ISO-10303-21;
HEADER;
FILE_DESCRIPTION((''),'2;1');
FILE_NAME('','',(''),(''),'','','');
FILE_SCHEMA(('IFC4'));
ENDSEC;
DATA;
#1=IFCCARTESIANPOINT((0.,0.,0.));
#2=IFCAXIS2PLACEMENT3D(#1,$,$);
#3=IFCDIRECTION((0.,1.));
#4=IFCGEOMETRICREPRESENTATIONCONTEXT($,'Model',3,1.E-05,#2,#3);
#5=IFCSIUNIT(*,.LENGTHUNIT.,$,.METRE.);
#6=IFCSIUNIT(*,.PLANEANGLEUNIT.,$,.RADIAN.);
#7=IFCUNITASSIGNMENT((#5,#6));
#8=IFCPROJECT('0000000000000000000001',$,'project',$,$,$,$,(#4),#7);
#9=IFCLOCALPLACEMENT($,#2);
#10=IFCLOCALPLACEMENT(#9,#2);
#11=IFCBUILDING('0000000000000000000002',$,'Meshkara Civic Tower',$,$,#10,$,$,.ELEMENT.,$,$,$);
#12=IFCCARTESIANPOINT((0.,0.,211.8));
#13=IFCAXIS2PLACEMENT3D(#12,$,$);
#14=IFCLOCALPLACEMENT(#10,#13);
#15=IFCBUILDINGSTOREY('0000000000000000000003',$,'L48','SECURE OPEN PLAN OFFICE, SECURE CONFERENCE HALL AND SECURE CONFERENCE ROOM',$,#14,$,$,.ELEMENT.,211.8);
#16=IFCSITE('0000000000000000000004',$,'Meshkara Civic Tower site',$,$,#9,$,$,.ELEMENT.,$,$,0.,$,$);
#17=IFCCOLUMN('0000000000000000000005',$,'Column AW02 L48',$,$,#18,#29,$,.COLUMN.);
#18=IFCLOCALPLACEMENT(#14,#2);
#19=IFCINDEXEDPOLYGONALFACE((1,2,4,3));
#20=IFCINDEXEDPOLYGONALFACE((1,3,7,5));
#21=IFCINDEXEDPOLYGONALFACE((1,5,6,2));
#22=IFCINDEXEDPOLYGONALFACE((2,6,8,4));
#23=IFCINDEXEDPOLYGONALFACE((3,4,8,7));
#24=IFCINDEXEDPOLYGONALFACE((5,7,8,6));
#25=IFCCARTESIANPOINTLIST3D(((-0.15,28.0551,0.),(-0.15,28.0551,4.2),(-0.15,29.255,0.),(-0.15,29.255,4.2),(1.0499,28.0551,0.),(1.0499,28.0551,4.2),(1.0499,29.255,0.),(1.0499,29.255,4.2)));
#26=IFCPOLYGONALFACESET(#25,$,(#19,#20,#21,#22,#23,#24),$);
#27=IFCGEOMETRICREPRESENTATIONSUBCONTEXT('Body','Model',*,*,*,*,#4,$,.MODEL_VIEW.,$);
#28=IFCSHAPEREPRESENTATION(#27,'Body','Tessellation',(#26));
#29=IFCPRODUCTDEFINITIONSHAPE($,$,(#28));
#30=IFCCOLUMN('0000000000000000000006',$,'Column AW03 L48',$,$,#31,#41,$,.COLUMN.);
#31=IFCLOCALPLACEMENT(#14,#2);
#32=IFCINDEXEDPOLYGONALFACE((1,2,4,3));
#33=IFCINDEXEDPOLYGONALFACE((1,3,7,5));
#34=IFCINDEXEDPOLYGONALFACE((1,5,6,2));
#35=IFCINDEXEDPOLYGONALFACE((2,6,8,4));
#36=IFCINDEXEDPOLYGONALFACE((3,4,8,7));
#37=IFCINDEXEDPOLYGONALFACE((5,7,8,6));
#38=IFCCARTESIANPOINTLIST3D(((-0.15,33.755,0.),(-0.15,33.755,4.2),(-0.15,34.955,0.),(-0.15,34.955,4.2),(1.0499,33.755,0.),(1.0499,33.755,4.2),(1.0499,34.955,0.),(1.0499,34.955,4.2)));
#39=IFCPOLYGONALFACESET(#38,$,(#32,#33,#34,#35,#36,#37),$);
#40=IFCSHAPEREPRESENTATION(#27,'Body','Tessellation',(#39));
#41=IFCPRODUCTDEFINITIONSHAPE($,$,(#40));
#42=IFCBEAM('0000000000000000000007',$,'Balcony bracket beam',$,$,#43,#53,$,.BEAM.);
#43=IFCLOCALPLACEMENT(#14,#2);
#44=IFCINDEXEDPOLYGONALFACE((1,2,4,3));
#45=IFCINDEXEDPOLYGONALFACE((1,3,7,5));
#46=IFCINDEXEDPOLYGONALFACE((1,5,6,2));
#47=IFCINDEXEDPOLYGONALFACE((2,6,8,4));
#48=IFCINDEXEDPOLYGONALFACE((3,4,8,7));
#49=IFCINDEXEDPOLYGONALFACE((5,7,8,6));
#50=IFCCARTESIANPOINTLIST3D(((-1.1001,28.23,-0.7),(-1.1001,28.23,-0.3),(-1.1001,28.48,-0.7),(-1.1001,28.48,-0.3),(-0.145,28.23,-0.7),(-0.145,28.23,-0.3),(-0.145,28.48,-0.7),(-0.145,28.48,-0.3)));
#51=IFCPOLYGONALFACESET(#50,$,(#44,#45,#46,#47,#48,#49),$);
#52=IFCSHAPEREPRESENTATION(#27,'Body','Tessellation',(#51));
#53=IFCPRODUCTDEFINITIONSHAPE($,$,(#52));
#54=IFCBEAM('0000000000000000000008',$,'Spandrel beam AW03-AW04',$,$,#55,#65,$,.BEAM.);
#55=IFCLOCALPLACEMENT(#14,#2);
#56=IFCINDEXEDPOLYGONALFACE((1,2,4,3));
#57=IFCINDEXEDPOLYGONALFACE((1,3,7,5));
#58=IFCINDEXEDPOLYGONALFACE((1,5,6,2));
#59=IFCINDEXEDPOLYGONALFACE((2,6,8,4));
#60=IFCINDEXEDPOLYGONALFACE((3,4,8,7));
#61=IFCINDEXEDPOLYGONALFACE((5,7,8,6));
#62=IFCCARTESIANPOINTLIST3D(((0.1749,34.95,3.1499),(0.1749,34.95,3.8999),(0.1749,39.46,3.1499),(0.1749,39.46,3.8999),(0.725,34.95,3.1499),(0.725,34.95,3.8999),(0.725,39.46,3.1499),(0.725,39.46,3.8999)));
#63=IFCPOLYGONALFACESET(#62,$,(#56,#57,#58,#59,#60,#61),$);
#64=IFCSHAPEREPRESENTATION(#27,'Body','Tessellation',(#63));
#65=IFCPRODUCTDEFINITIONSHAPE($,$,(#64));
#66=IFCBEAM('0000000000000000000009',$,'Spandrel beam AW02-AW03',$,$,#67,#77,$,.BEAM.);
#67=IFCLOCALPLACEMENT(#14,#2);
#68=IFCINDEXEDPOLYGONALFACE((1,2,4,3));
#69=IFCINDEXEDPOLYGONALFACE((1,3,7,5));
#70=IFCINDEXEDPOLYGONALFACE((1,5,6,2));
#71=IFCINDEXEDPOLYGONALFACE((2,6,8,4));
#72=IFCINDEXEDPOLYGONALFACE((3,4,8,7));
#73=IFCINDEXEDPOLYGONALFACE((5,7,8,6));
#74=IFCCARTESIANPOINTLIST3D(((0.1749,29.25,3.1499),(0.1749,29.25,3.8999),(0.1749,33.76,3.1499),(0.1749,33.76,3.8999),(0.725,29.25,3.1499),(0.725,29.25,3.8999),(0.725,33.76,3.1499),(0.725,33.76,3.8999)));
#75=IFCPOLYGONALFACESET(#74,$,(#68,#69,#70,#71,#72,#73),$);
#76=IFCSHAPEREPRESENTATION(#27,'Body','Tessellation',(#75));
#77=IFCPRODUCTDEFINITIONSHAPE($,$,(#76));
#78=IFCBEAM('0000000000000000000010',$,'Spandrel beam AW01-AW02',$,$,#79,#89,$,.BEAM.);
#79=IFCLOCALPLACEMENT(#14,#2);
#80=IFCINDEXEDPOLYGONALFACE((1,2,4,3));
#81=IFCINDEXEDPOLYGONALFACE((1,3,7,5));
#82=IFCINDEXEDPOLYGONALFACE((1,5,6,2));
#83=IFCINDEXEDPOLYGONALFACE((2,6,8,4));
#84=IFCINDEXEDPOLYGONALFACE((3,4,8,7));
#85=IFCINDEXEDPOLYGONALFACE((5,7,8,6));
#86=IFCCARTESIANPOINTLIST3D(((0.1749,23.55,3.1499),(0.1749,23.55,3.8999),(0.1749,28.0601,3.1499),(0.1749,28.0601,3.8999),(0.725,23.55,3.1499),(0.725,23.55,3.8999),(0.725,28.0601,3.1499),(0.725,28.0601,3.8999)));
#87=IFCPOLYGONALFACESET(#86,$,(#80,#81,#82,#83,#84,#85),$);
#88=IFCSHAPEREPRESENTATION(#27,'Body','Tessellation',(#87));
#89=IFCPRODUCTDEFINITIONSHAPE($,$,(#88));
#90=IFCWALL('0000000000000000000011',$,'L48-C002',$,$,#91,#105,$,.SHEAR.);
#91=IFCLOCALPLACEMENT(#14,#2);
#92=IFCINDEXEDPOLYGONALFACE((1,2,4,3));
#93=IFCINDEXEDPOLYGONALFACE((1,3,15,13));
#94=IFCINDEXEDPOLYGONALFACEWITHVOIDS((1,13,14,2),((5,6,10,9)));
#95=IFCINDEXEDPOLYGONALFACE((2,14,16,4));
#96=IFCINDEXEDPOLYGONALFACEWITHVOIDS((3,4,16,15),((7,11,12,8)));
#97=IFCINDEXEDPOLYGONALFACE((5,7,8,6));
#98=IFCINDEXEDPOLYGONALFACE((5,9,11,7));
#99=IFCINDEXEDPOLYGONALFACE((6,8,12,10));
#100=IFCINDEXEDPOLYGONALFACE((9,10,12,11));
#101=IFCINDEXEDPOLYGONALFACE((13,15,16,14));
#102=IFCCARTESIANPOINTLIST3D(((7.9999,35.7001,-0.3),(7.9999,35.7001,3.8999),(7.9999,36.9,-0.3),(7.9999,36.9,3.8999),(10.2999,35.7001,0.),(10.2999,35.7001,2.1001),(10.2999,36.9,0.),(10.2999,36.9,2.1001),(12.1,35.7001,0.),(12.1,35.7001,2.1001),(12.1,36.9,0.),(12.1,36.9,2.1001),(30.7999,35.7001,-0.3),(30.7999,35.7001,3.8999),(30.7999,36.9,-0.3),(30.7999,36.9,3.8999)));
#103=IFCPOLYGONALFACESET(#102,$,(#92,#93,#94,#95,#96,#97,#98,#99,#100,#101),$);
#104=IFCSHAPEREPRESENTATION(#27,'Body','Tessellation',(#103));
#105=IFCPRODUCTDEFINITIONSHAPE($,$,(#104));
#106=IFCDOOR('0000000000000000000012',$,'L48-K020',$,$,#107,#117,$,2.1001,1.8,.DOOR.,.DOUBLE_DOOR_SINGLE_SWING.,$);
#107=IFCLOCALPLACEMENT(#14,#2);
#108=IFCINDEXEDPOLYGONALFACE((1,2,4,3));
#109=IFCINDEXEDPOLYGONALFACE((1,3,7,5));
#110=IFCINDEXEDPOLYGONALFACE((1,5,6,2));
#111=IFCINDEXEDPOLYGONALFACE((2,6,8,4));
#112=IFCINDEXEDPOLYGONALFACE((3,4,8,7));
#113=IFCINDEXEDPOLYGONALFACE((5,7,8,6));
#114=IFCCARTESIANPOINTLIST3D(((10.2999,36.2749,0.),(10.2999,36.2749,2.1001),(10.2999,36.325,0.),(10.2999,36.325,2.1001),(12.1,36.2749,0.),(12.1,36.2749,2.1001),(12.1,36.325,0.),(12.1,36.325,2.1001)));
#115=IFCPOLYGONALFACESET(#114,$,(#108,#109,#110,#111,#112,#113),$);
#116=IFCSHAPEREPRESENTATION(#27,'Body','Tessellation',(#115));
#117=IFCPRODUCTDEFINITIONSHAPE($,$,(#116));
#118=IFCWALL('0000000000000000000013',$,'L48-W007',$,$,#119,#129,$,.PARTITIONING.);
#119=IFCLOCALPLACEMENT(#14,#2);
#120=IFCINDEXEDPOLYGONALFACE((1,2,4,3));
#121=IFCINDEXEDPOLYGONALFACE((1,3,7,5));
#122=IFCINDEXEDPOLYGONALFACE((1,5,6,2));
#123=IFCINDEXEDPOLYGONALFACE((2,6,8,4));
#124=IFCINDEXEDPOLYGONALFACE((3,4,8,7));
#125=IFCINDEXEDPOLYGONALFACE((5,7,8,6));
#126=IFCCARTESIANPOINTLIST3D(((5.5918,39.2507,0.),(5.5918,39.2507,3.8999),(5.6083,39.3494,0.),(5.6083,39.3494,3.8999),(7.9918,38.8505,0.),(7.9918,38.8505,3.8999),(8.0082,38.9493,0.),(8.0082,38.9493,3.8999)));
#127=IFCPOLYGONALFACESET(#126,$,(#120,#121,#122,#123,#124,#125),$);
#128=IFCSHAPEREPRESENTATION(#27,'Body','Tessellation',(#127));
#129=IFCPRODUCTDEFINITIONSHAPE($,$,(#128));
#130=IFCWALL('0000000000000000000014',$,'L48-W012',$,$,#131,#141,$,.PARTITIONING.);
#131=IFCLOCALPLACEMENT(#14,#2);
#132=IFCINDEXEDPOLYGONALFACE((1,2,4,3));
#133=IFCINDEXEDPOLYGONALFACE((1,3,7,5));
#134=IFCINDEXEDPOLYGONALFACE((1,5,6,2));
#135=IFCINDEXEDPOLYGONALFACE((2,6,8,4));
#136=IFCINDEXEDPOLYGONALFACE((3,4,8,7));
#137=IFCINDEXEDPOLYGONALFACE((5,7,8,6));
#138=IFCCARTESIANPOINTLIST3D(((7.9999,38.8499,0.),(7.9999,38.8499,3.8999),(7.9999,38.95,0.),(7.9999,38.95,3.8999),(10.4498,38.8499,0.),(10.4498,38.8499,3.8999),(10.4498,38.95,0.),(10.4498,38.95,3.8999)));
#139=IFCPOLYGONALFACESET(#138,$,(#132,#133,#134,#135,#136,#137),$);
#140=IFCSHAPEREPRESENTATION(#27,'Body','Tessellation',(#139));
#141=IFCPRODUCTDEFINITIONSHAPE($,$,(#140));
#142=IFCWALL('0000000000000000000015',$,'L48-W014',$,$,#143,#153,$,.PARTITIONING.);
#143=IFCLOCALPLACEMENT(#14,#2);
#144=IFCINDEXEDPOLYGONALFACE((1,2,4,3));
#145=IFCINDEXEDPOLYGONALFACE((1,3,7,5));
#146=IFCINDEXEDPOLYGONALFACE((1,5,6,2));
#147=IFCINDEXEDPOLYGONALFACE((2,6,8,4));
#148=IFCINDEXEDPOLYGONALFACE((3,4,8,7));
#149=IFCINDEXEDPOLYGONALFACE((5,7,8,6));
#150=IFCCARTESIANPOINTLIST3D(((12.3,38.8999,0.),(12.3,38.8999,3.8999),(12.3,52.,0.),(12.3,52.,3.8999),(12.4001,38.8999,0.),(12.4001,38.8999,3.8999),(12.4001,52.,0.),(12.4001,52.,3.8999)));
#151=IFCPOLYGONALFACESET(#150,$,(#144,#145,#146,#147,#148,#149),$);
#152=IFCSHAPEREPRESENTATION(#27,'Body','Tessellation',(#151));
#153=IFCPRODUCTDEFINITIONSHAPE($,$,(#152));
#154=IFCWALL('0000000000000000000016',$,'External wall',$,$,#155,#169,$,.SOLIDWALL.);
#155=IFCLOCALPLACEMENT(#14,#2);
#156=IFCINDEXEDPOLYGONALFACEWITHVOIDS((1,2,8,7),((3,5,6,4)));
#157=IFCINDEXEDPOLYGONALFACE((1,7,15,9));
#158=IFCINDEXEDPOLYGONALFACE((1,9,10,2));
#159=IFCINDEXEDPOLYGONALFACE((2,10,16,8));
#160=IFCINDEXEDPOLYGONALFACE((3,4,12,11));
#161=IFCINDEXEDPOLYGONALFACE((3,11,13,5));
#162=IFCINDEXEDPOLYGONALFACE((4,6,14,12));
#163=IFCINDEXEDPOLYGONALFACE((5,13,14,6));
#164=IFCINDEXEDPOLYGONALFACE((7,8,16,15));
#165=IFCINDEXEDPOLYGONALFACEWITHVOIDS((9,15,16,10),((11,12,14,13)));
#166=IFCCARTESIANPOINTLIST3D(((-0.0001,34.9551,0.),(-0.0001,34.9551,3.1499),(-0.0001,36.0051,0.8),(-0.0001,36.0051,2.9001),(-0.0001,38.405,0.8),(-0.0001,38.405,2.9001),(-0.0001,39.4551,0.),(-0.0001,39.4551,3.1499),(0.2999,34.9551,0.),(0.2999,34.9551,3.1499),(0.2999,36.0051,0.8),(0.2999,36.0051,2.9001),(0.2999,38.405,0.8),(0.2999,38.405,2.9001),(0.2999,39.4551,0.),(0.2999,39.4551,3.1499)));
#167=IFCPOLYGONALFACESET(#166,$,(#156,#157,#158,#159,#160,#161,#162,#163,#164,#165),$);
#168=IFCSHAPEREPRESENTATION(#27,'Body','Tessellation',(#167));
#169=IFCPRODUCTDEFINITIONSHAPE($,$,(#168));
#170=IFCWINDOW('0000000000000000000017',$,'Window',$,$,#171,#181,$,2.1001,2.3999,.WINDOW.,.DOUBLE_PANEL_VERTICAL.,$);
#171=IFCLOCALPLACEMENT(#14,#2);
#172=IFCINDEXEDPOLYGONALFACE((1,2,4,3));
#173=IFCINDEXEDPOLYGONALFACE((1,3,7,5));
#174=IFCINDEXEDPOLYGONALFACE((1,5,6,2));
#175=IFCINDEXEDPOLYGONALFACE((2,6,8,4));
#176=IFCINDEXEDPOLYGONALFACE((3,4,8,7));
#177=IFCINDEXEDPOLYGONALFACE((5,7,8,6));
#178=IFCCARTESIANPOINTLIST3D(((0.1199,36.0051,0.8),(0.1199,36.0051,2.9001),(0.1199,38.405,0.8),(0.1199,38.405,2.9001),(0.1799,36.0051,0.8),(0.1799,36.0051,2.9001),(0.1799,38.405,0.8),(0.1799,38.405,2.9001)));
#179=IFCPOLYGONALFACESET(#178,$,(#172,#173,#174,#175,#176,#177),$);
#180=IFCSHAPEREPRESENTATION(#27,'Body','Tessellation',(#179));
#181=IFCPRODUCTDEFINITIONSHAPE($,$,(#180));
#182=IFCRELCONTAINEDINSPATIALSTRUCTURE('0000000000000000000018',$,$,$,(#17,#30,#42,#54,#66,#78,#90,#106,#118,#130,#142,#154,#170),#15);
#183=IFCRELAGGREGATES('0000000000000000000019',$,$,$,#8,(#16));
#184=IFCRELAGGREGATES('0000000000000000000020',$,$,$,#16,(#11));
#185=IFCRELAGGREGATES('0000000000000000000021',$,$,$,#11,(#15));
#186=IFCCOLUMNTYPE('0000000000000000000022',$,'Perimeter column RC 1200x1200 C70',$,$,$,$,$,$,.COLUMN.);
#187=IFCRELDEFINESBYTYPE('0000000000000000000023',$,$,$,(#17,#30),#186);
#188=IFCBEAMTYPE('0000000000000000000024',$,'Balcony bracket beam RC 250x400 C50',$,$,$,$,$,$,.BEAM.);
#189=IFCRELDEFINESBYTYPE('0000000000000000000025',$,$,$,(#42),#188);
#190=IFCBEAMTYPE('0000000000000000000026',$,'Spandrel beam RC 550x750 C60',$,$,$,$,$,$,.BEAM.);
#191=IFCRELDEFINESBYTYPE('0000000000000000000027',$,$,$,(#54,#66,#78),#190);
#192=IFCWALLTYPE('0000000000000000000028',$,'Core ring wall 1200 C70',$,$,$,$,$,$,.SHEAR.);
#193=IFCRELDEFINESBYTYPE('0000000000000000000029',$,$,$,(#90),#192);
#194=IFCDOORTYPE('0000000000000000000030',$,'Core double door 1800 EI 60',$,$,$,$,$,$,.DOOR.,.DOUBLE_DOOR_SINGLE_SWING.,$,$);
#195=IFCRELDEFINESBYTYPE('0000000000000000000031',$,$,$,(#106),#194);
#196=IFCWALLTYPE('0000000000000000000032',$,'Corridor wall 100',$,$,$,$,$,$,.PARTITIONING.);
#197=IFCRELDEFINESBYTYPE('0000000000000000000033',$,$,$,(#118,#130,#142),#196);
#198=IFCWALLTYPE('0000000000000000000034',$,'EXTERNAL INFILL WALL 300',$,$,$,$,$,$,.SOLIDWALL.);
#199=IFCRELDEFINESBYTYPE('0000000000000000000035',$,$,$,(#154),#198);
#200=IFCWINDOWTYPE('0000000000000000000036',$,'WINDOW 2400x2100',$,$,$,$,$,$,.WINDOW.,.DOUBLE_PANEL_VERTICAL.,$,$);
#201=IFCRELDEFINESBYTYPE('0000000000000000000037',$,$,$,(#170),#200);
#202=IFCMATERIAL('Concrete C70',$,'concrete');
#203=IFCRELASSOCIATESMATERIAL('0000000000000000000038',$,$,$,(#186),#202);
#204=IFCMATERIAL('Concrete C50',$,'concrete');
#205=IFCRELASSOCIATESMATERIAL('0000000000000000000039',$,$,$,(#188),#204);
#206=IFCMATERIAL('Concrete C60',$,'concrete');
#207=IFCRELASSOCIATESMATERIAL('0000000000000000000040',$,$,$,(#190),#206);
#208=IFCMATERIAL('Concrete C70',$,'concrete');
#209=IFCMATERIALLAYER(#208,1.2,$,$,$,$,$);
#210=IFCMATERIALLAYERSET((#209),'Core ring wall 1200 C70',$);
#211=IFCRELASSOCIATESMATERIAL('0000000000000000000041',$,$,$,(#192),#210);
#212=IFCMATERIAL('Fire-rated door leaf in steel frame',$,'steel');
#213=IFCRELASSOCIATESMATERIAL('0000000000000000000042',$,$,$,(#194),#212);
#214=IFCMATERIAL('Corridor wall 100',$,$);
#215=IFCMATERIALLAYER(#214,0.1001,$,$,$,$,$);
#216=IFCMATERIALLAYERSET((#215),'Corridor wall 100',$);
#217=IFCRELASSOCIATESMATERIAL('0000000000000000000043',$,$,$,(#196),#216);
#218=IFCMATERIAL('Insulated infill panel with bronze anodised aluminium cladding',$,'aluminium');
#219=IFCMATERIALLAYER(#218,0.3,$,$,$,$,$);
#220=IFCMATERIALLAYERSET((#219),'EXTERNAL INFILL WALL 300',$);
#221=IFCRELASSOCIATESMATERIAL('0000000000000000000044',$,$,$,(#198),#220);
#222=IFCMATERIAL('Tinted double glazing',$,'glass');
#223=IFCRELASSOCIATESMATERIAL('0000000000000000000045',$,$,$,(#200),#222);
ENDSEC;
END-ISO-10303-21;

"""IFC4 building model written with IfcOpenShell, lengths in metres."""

from ifc_helpers import new_model, si_unit, direction, frame, frame_2d, origin, origin_2d, place, context, subcontext, project, spatial, rectangle, extrude, material, layer, layer_set, material_profile, profile_set, type_object, element, fill, save


model = new_model("IFC4")

# Units and contexts
model_context = context("Model", 3, precision=1e-05, world=origin(), true_north=direction((0.0, 1.0)))
body_context = subcontext(model_context, "Body", "Model", "MODEL_VIEW")
ifc_project = project(units=[si_unit("LENGTHUNIT", "METRE"), si_unit("PLANEANGLEUNIT", "RADIAN")], contexts=[model_context])

# Site, building, storey
site_placement = place(None, origin())
site = spatial("IfcSite", under=ifc_project, at=site_placement, Name="Meshkara Civic Tower site", CompositionType="ELEMENT", RefElevation=0.0)
building_placement = place(site_placement, origin())
building = spatial("IfcBuilding", under=site, at=building_placement, Name="Meshkara Civic Tower", CompositionType="ELEMENT")
storey_placement = place(building_placement, frame((0.0, 0.0, 211.8)))
storey = spatial("IfcBuildingStorey", under=building, at=storey_placement, Name="L48", Description="SECURE OPEN PLAN OFFICE, SECURE CONFERENCE HALL AND SECURE CONFERENCE ROOM", CompositionType="ELEMENT", Elevation=211.8)

# Columns
ifc_material_1 = material(Name="Concrete C70", Category="concrete")
ifc_material_profile_1 = material_profile(ifc_material_1, rectangle(XDim=1.2, YDim=1.2, at=origin_2d()))
ifc_profile_set_1 = profile_set([ifc_material_profile_1], Name="Concrete C70")
column_type = type_object("IfcColumnType", Name="Perimeter column RC 1200x1200 C70", PredefinedType="COLUMN", material=ifc_profile_set_1)
for number, where, z_axis, x_axis, name in (
    (1, (0.45, 28.655, 0.0), (0.0, 0.0, 1.0), (1.0, 0.0, 0.0), "Column AW02 L48"),
    (2, (0.45, 34.355, 0.0), (0.0, 0.0, 1.0), (1.0, 0.0, 0.0), "Column AW03 L48"),
):
    element("IfcColumn", number, at=place(storey_placement, frame(where, z_axis=z_axis, x_axis=x_axis)), inside=storey, type_object=column_type, Name=name, PredefinedType="COLUMN", context=body_context, shape_type="SweptSolid", body=[
        extrude(rectangle(XDim=1.2, YDim=1.2, at=origin_2d()), origin(), (0.0, 0.0, 1.0), 4.2),
    ])

# Beams
ifc_material_2 = material(Name="Concrete C50", Category="concrete")
ifc_material_profile_2 = material_profile(ifc_material_2, rectangle(XDim=0.25, YDim=0.3999, at=origin_2d()))
ifc_profile_set_2 = profile_set([ifc_material_profile_2], Name="Concrete C50")
beam_type_1 = type_object("IfcBeamType", Name="Balcony bracket beam RC 250x400 C50", PredefinedType="BEAM", material=ifc_profile_set_2)
beam_placement = place(storey_placement, frame((-0.145, 28.355, -0.5), z_axis=(-1.0, 0.0, 0.0), x_axis=(0.0, -1.0, 0.0)))
element("IfcBeam", 3, at=beam_placement, inside=storey, type_object=beam_type_1, Name="Balcony bracket beam", PredefinedType="BEAM", context=body_context, shape_type="SweptSolid", body=[
    extrude(rectangle(XDim=0.25, YDim=0.3999, at=origin_2d()), origin(), (0.0, 0.0, 1.0), 0.9551),
])
ifc_material_3 = material(Name="Concrete C60", Category="concrete")
ifc_material_profile_3 = material_profile(ifc_material_3, rectangle(XDim=0.55, YDim=0.75, at=origin_2d()))
ifc_profile_set_3 = profile_set([ifc_material_profile_3], Name="Concrete C60")
beam_type_2 = type_object("IfcBeamType", Name="Spandrel beam RC 550x750 C60", PredefinedType="BEAM", material=ifc_profile_set_3)
for number, where, z_axis, x_axis, name in (
    (4, (0.45, 39.46, 3.5249), (0.0, -1.0, 0.0), (1.0, 0.0, 0.0), "Spandrel beam AW03-AW04"),
    (5, (0.45, 33.76, 3.5249), (0.0, -1.0, 0.0), (1.0, 0.0, 0.0), "Spandrel beam AW02-AW03"),
    (6, (0.45, 28.0601, 3.5249), (0.0, -1.0, 0.0), (1.0, 0.0, 0.0), "Spandrel beam AW01-AW02"),
):
    element("IfcBeam", number, at=place(storey_placement, frame(where, z_axis=z_axis, x_axis=x_axis)), inside=storey, type_object=beam_type_2, Name=name, PredefinedType="BEAM", context=body_context, shape_type="SweptSolid", body=[
        extrude(rectangle(XDim=0.55, YDim=0.75, at=origin_2d()), origin(), (0.0, 0.0, 1.0), 4.51),
    ])

# Wall, opening, door
ifc_material_4 = material(Name="Concrete C70", Category="concrete")
ifc_layer_1 = layer(ifc_material_4, 1.2)
ifc_layer_set_1 = layer_set([ifc_layer_1], Name="Core ring wall 1200 C70")
wall_type_1 = type_object("IfcWallType", Name="Core ring wall 1200 C70", PredefinedType="SHEAR", material=ifc_layer_set_1)
wall_1_placement = place(storey_placement, frame((8.0, 36.3, -0.3), z_axis=(0.0, 0.0, 1.0), x_axis=(1.0, 0.0, 0.0)))
wall_1 = element("IfcWall", 7, at=wall_1_placement, inside=storey, type_object=wall_type_1, Name="L48-C002", PredefinedType="SHEAR", context=body_context, shape_type="SweptSolid", body=[
    extrude(rectangle(XDim=22.8, YDim=1.2, at=frame_2d((11.3999, 0.0))), origin(), (0.0, 0.0, 1.0), 4.2),
])
opening_1_placement = place(wall_1_placement, frame((2.3, 0.0, 0.3)))
opening_1 = element("IfcOpeningElement", 8, at=opening_1_placement, cuts=wall_1, PredefinedType="OPENING", context=body_context, shape_type="SweptSolid", body=[
    extrude(rectangle(XDim=1.8, YDim=2.1001, at=frame_2d((0.8999, 1.05))), frame((0.0, 0.6099, 0.0), z_axis=(0.0, -1.0, 0.0), x_axis=(1.0, 0.0, 0.0)), (0.0, 0.0, 1.0), 1.22),
])
ifc_material_5 = material(Name="Fire-rated door leaf in steel frame", Category="steel")
door_type_1 = type_object("IfcDoorType", Name="Core double door 1800 EI 60", OperationType="DOUBLE_DOOR_SINGLE_SWING", PredefinedType="DOOR", material=ifc_material_5)
door_1_placement = place(opening_1_placement, origin())
door_1 = element("IfcDoor", 9, at=door_1_placement, inside=storey, type_object=door_type_1, Name="L48-K020", OperationType="DOUBLE_DOOR_SINGLE_SWING", OverallHeight=2.1001, OverallWidth=1.8, PredefinedType="DOOR", context=body_context, shape_type="SweptSolid", body=[
    extrude(rectangle(XDim=1.8, YDim=2.1001, at=frame_2d((0.8999, 1.05))), frame((0.0, 0.0249, 0.0), z_axis=(0.0, -1.0, 0.0), x_axis=(1.0, 0.0, 0.0)), (0.0, 0.0, 1.0), 0.05),
])
fill(opening_1, door_1)

# Walls
ifc_material_6 = material(Name="Corridor wall 100")
ifc_layer_2 = layer(ifc_material_6, 0.1001)
ifc_layer_set_2 = layer_set([ifc_layer_2], Name="Corridor wall 100")
wall_type_2 = type_object("IfcWallType", Name="Corridor wall 100", PredefinedType="PARTITIONING", material=ifc_layer_set_2)
wall_2_placement = place(storey_placement, frame((8.0, 38.8999, 0.0), z_axis=(0.0, 0.0, 1.0), x_axis=(-0.986383, 0.164464, 0.0)))
element("IfcWall", 10, at=wall_2_placement, inside=storey, type_object=wall_type_2, Name="L48-W007", PredefinedType="PARTITIONING", context=body_context, shape_type="SweptSolid", body=[
    extrude(rectangle(XDim=2.4331, YDim=0.1001, at=frame_2d((1.2166, 0.0))), origin(), (0.0, 0.0, 1.0), 3.8999),
])
wall_3_placement = place(storey_placement, frame((10.45, 38.8999, 0.0), z_axis=(0.0, 0.0, 1.0), x_axis=(-1.0, 0.0, 0.0)))
element("IfcWall", 11, at=wall_3_placement, inside=storey, type_object=wall_type_2, Name="L48-W012", PredefinedType="PARTITIONING", context=body_context, shape_type="SweptSolid", body=[
    extrude(rectangle(XDim=2.45, YDim=0.1001, at=frame_2d((1.2251, 0.0))), origin(), (0.0, 0.0, 1.0), 3.8999),
])
wall_4_placement = place(storey_placement, frame((12.3501, 38.8999, 0.0), z_axis=(0.0, 0.0, 1.0), x_axis=(0.0, 1.0, 0.0)))
element("IfcWall", 12, at=wall_4_placement, inside=storey, type_object=wall_type_2, Name="L48-W014", PredefinedType="PARTITIONING", context=body_context, shape_type="SweptSolid", body=[
    extrude(rectangle(XDim=13.1001, YDim=0.1001, at=frame_2d((6.55, 0.0))), origin(), (0.0, 0.0, 1.0), 3.8999),
])

# Wall, opening, window
ifc_material_7 = material(Name="Insulated infill panel with bronze anodised aluminium cladding", Category="aluminium")
ifc_layer_3 = layer(ifc_material_7, 0.3)
ifc_layer_set_3 = layer_set([ifc_layer_3], Name="EXTERNAL INFILL WALL 300")
wall_type_3 = type_object("IfcWallType", Name="EXTERNAL INFILL WALL 300", PredefinedType="SOLIDWALL", material=ifc_layer_set_3)
wall_5_placement = place(storey_placement, frame((0.1499, 39.4551, 0.0), z_axis=(0.0, 0.0, 1.0), x_axis=(0.0, -1.0, 0.0)))
wall_5 = element("IfcWall", 13, at=wall_5_placement, inside=storey, type_object=wall_type_3, Name="External wall", PredefinedType="SOLIDWALL", context=body_context, shape_type="SweptSolid", body=[
    extrude(rectangle(XDim=4.5, YDim=0.3, at=frame_2d((2.25, 0.0))), origin(), (0.0, 0.0, 1.0), 3.1499),
])
opening_2_placement = place(wall_5_placement, frame((1.05, 0.0, 0.8)))
opening_2 = element("IfcOpeningElement", 14, at=opening_2_placement, cuts=wall_5, PredefinedType="OPENING", context=body_context, shape_type="SweptSolid", body=[
    extrude(rectangle(XDim=2.3999, YDim=2.1001, at=frame_2d((1.2, 1.05))), frame((0.0, 0.1599, 0.0), z_axis=(0.0, -1.0, 0.0), x_axis=(1.0, 0.0, 0.0)), (0.0, 0.0, 1.0), 0.3201),
])
ifc_material_8 = material(Name="Tinted double glazing", Category="glass")
window_type = type_object("IfcWindowType", Name="WINDOW 2400x2100", PartitioningType="DOUBLE_PANEL_VERTICAL", PredefinedType="WINDOW", material=ifc_material_8)
window_1_placement = place(opening_2_placement, origin())
window_1 = element("IfcWindow", 15, at=window_1_placement, inside=storey, type_object=window_type, Name="Window", OverallHeight=2.1001, OverallWidth=2.3999, PartitioningType="DOUBLE_PANEL_VERTICAL", PredefinedType="WINDOW", context=body_context, shape_type="SweptSolid", body=[
    extrude(rectangle(XDim=2.3999, YDim=2.1001, at=frame_2d((1.2, 1.05))), frame((0.0, 0.03, 0.0), z_axis=(0.0, -1.0, 0.0), x_axis=(1.0, 0.0, 0.0)), (0.0, 0.0, 1.0), 0.0601),
])
fill(opening_2, window_1)

save(model, "model.ifc")
